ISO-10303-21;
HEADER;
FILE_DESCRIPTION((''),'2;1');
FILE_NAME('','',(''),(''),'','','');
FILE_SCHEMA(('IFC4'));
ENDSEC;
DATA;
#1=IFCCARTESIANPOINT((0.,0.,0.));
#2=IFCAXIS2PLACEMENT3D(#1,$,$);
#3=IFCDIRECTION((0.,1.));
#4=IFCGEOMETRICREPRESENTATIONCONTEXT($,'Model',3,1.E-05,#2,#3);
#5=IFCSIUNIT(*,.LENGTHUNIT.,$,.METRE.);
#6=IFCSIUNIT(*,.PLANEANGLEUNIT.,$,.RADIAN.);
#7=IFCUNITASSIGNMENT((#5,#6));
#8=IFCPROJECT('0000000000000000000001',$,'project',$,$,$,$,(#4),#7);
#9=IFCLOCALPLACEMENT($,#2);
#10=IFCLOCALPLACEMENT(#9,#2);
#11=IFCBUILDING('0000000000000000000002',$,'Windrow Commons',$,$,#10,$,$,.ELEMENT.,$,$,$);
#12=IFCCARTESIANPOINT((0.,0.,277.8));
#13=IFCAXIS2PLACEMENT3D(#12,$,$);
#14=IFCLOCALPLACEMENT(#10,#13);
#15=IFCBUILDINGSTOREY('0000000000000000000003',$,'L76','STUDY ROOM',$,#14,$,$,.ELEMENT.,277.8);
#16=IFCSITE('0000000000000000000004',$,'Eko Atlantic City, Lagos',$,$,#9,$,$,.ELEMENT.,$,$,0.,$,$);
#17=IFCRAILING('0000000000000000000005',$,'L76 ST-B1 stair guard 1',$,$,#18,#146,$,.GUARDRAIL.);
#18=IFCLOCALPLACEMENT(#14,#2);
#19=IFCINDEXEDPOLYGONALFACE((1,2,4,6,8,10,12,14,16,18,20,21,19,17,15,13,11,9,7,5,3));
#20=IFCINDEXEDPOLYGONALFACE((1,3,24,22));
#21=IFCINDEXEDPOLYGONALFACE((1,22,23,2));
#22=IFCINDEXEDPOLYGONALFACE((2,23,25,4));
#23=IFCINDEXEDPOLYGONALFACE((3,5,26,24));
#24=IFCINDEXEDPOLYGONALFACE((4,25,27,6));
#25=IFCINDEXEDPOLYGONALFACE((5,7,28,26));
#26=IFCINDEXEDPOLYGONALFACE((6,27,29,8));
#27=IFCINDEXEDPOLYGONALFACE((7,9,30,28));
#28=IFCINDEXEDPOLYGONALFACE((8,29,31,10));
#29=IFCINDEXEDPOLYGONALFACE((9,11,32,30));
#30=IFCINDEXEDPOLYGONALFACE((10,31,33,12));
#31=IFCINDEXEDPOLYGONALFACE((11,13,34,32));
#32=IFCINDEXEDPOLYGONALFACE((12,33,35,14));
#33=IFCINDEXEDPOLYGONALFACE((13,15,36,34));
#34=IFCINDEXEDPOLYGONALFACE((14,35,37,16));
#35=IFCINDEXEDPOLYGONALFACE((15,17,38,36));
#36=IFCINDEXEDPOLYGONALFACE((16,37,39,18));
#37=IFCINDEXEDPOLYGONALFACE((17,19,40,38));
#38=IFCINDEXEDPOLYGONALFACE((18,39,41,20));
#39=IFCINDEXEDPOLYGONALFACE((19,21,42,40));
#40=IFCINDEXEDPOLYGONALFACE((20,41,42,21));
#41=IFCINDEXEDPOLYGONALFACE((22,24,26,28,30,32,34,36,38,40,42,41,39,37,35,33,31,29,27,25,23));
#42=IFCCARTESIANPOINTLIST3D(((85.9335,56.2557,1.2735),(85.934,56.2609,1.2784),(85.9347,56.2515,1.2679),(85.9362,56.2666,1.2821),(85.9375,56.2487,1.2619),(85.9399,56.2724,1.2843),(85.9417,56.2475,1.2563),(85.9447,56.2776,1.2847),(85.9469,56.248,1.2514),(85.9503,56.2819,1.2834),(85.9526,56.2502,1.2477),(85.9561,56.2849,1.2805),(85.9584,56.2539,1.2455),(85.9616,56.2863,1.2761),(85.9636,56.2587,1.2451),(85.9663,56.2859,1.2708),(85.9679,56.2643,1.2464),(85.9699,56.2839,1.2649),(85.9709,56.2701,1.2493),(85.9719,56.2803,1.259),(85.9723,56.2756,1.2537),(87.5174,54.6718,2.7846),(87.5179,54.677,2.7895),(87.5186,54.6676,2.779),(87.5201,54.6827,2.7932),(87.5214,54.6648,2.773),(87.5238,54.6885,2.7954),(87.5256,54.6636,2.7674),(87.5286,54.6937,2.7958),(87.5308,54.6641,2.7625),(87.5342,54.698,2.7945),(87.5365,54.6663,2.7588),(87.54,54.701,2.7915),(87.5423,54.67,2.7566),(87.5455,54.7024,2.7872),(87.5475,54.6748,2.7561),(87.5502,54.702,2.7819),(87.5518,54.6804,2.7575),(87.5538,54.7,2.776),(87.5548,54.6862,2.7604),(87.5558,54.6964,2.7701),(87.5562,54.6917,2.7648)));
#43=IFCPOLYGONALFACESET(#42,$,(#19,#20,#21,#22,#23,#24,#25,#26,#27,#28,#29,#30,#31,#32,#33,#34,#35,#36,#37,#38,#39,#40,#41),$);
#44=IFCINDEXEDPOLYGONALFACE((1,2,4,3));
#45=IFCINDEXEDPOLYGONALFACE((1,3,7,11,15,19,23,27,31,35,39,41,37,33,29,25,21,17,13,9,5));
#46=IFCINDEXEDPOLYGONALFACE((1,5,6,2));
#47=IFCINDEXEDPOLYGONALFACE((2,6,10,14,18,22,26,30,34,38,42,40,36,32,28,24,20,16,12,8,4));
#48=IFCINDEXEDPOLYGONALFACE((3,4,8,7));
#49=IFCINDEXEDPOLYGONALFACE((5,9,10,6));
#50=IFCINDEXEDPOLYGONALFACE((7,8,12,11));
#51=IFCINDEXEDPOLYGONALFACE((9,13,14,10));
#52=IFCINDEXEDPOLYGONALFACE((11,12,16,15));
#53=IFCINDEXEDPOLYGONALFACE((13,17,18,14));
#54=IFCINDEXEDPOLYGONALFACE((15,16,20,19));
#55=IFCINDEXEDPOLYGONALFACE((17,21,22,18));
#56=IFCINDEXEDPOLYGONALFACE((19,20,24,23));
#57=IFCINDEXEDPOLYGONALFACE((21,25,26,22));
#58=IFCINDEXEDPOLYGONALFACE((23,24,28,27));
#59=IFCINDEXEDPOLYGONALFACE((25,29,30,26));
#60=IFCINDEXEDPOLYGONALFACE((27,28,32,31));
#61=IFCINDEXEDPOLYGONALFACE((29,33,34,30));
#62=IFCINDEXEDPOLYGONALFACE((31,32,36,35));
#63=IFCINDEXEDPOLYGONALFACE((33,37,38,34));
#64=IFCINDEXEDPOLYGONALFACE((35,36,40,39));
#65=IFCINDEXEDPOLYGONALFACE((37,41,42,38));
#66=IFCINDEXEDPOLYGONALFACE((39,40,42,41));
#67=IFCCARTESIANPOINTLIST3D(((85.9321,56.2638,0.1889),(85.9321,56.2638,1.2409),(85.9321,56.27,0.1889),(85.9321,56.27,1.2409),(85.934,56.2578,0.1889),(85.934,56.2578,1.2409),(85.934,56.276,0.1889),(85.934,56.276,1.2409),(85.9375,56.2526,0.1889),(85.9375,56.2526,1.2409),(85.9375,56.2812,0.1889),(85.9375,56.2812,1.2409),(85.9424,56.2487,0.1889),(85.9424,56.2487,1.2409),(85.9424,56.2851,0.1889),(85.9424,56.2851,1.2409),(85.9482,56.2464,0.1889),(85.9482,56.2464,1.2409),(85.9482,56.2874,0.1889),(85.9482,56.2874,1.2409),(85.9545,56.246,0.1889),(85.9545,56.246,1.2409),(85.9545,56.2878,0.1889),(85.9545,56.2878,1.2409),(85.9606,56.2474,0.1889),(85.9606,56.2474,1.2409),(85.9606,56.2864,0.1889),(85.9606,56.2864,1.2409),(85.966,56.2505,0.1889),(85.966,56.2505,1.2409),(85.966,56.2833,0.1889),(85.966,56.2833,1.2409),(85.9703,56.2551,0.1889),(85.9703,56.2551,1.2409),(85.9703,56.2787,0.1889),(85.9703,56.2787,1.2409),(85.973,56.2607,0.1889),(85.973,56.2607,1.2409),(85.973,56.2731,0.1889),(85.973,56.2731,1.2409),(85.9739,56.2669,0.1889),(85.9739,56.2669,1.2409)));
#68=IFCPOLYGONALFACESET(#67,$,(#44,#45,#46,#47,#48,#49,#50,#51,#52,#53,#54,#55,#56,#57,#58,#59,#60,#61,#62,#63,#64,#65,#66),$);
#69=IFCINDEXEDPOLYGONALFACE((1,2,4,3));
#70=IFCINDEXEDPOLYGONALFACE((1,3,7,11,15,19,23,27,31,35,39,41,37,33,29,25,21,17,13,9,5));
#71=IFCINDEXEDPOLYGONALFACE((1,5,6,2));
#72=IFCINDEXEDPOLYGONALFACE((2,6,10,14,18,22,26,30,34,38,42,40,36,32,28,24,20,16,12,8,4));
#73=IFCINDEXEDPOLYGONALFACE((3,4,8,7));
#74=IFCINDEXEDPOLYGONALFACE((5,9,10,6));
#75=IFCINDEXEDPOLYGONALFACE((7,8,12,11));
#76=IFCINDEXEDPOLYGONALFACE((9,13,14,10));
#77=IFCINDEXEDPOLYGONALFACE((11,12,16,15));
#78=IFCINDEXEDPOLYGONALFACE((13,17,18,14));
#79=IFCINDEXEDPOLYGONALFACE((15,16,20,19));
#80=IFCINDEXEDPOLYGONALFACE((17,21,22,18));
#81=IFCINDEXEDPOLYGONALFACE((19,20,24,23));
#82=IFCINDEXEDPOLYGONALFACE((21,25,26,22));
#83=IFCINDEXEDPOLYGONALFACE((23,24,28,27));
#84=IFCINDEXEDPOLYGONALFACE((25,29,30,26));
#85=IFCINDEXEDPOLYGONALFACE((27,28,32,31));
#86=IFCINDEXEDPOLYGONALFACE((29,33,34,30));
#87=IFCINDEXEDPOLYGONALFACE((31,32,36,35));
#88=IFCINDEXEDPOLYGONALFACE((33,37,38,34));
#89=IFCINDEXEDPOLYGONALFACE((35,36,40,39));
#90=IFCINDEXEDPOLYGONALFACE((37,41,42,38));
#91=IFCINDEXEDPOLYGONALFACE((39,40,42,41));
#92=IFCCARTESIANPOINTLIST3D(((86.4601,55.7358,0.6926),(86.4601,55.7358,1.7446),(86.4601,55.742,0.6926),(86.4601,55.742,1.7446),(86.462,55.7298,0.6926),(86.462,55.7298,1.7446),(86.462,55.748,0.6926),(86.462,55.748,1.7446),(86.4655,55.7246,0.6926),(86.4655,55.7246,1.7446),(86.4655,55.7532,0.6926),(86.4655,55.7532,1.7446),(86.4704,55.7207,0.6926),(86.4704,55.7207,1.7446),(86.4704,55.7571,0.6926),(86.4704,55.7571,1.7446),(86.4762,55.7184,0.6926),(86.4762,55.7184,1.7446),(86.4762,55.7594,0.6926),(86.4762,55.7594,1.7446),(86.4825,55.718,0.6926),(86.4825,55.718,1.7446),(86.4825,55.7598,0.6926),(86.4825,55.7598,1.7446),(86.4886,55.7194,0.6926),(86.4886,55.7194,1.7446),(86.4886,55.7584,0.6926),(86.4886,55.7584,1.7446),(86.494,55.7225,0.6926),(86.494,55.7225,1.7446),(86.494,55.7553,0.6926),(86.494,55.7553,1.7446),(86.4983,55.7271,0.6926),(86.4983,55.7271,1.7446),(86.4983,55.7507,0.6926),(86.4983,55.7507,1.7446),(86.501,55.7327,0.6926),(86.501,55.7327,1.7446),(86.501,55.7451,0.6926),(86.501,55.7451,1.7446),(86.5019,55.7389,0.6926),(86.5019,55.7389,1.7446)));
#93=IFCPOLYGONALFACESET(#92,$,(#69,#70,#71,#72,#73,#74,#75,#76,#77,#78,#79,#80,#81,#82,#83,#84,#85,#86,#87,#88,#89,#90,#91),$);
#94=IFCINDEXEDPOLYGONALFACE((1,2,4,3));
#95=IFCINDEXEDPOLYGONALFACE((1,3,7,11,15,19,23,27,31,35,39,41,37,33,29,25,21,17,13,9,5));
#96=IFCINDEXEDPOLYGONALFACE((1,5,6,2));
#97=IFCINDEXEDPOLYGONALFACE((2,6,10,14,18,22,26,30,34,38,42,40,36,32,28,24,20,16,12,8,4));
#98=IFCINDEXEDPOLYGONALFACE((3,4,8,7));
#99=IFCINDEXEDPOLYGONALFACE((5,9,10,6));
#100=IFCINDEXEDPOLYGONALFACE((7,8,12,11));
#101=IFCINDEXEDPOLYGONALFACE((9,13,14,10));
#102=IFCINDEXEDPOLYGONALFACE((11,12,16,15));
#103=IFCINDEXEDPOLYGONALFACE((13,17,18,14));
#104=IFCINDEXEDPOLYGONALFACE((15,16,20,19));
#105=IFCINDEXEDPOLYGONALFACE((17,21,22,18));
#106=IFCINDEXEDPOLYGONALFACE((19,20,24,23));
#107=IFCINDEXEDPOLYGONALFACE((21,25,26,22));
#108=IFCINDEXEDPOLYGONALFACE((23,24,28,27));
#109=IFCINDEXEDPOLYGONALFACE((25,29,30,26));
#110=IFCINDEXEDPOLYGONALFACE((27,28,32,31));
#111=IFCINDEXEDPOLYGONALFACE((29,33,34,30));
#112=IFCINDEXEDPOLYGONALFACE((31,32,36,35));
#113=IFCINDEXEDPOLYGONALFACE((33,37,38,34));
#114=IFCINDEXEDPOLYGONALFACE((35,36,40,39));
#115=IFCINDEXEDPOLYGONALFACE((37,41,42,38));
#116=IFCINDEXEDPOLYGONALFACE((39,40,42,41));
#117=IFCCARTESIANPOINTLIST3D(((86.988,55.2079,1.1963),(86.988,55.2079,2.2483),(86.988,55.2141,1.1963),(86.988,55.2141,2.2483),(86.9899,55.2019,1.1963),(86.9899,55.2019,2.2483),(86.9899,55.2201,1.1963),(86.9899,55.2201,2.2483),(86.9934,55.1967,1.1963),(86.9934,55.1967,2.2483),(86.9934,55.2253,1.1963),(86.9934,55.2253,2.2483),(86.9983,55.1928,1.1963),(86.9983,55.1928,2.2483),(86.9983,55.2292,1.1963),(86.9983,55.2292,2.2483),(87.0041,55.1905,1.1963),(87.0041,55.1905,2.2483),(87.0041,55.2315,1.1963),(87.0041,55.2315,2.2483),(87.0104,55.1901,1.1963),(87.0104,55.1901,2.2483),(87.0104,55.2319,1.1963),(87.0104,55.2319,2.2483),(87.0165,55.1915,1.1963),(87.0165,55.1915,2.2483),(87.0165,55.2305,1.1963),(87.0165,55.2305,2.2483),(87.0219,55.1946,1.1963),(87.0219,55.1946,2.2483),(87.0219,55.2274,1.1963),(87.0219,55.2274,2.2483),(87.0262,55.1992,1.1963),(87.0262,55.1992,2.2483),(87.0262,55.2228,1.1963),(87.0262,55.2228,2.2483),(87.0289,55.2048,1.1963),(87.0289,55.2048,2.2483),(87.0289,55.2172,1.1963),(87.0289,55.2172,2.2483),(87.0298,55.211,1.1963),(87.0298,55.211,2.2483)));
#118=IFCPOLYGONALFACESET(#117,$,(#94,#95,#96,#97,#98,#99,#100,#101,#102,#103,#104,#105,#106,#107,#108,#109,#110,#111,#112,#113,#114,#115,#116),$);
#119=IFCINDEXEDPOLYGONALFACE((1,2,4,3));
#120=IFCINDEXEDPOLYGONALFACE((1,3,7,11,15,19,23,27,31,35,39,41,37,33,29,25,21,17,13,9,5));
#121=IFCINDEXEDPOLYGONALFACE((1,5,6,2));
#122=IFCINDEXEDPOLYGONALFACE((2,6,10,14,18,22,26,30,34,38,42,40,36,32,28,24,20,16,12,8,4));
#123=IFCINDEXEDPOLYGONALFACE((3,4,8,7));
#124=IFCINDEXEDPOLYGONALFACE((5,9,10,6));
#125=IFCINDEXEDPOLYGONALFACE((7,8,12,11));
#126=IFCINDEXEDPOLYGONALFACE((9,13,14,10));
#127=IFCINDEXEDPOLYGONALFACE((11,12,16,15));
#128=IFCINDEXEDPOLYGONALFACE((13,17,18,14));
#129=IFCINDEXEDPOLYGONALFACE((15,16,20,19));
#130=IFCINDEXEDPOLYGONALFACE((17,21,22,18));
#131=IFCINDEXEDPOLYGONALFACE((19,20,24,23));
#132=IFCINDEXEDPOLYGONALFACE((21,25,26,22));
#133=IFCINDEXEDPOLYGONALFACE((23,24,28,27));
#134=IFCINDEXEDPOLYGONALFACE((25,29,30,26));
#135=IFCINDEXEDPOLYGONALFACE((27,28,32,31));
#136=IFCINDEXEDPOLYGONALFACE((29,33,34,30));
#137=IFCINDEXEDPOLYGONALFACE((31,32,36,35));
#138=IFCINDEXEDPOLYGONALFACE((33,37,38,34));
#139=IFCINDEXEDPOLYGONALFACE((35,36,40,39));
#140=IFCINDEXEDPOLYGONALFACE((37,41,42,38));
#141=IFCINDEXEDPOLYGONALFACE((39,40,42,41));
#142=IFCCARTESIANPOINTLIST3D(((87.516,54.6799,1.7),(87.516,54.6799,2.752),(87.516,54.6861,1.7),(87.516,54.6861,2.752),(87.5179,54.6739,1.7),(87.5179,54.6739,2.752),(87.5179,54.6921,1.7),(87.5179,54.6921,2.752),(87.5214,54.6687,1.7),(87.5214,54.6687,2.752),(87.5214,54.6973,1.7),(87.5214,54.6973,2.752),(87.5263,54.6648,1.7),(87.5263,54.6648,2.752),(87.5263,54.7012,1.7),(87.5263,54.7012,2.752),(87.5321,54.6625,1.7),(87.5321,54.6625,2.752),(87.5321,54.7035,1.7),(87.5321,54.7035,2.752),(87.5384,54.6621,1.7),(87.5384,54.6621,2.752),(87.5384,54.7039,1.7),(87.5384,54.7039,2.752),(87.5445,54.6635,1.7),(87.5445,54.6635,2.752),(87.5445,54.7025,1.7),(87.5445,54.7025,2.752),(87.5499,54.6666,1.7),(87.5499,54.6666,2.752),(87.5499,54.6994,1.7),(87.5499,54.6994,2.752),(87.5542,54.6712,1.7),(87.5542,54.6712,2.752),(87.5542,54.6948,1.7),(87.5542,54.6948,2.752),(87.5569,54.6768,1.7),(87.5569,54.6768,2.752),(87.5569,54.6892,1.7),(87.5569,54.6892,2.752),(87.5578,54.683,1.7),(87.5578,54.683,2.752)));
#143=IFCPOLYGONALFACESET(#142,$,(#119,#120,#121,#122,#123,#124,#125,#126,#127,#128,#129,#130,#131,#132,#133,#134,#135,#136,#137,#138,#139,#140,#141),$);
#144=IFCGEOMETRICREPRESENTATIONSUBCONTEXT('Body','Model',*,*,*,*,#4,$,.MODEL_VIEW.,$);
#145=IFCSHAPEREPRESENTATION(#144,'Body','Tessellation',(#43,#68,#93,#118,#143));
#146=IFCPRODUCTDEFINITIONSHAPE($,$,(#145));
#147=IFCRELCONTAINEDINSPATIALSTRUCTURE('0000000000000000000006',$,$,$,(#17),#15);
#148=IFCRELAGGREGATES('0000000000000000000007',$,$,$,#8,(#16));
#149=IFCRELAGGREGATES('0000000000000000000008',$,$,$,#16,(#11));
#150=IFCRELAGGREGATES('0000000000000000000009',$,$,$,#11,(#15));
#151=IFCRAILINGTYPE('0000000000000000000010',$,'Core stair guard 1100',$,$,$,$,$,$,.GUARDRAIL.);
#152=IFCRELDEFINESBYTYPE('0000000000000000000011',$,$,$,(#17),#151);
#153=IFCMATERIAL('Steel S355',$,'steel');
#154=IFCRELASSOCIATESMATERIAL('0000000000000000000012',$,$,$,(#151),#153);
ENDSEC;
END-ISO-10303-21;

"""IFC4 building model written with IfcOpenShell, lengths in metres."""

from ifc_helpers import new_model, si_unit, direction, frame, origin, origin_2d, place, context, subcontext, project, spatial, circle, extrude, material, type_object, element, save


model = new_model("IFC4")

# Units and contexts
model_context = context("Model", 3, precision=1e-05, world=origin(), true_north=direction((0.0, 1.0)))
body_context = subcontext(model_context, "Body", "Model", "MODEL_VIEW")
ifc_project = project(units=[si_unit("LENGTHUNIT", "METRE"), si_unit("PLANEANGLEUNIT", "RADIAN")], contexts=[model_context])

# Site, building, storey
site_placement = place(None, origin())
site = spatial("IfcSite", under=ifc_project, at=site_placement, Name="Eko Atlantic City, Lagos", CompositionType="ELEMENT", RefElevation=0.0)
building_placement = place(site_placement, origin())
building = spatial("IfcBuilding", under=site, at=building_placement, Name="Windrow Commons", CompositionType="ELEMENT")
storey_placement = place(building_placement, frame((0.0, 0.0, 277.8)))
storey = spatial("IfcBuildingStorey", under=building, at=storey_placement, Name="L76", Description="STUDY ROOM", CompositionType="ELEMENT", Elevation=277.8)

# Railing
ifc_material_1 = material(Name="Steel S355", Category="steel")
railing_type_1 = type_object("IfcRailingType", Name="Core stair guard 1100", PredefinedType="GUARDRAIL", material=ifc_material_1)
railing_1_placement = place(storey_placement, frame((85.9529, 56.2669, 0.1889)))
element("IfcRailing", 1, at=railing_1_placement, inside=storey, type_object=railing_type_1, Name="L76 ST-B1 stair guard 1", PredefinedType="GUARDRAIL", context=body_context, shape_type="SweptSolid", body=[
    extrude(circle(Radius=0.024, at=origin_2d()), frame((0.0, 0.0, 1.076), z_axis=(0.586191, -0.586191, 0.559249), x_axis=(0.707107, 0.707107, 0.0)), (0.0, 0.0, 1.0), 2.702),
    extrude(circle(Radius=0.021, at=origin_2d()), origin(), (0.0, 0.0, 1.0), 1.052),
    extrude(circle(Radius=0.021, at=origin_2d()), frame((0.528, -0.528, 0.5037)), (0.0, 0.0, 1.0), 1.052),
    extrude(circle(Radius=0.021, at=origin_2d()), frame((1.0559, -1.0559, 1.0074)), (0.0, 0.0, 1.0), 1.052),
    extrude(circle(Radius=0.021, at=origin_2d()), frame((1.5839, -1.5839, 1.5111)), (0.0, 0.0, 1.0), 1.052),
])

save(model, "model.ifc")
